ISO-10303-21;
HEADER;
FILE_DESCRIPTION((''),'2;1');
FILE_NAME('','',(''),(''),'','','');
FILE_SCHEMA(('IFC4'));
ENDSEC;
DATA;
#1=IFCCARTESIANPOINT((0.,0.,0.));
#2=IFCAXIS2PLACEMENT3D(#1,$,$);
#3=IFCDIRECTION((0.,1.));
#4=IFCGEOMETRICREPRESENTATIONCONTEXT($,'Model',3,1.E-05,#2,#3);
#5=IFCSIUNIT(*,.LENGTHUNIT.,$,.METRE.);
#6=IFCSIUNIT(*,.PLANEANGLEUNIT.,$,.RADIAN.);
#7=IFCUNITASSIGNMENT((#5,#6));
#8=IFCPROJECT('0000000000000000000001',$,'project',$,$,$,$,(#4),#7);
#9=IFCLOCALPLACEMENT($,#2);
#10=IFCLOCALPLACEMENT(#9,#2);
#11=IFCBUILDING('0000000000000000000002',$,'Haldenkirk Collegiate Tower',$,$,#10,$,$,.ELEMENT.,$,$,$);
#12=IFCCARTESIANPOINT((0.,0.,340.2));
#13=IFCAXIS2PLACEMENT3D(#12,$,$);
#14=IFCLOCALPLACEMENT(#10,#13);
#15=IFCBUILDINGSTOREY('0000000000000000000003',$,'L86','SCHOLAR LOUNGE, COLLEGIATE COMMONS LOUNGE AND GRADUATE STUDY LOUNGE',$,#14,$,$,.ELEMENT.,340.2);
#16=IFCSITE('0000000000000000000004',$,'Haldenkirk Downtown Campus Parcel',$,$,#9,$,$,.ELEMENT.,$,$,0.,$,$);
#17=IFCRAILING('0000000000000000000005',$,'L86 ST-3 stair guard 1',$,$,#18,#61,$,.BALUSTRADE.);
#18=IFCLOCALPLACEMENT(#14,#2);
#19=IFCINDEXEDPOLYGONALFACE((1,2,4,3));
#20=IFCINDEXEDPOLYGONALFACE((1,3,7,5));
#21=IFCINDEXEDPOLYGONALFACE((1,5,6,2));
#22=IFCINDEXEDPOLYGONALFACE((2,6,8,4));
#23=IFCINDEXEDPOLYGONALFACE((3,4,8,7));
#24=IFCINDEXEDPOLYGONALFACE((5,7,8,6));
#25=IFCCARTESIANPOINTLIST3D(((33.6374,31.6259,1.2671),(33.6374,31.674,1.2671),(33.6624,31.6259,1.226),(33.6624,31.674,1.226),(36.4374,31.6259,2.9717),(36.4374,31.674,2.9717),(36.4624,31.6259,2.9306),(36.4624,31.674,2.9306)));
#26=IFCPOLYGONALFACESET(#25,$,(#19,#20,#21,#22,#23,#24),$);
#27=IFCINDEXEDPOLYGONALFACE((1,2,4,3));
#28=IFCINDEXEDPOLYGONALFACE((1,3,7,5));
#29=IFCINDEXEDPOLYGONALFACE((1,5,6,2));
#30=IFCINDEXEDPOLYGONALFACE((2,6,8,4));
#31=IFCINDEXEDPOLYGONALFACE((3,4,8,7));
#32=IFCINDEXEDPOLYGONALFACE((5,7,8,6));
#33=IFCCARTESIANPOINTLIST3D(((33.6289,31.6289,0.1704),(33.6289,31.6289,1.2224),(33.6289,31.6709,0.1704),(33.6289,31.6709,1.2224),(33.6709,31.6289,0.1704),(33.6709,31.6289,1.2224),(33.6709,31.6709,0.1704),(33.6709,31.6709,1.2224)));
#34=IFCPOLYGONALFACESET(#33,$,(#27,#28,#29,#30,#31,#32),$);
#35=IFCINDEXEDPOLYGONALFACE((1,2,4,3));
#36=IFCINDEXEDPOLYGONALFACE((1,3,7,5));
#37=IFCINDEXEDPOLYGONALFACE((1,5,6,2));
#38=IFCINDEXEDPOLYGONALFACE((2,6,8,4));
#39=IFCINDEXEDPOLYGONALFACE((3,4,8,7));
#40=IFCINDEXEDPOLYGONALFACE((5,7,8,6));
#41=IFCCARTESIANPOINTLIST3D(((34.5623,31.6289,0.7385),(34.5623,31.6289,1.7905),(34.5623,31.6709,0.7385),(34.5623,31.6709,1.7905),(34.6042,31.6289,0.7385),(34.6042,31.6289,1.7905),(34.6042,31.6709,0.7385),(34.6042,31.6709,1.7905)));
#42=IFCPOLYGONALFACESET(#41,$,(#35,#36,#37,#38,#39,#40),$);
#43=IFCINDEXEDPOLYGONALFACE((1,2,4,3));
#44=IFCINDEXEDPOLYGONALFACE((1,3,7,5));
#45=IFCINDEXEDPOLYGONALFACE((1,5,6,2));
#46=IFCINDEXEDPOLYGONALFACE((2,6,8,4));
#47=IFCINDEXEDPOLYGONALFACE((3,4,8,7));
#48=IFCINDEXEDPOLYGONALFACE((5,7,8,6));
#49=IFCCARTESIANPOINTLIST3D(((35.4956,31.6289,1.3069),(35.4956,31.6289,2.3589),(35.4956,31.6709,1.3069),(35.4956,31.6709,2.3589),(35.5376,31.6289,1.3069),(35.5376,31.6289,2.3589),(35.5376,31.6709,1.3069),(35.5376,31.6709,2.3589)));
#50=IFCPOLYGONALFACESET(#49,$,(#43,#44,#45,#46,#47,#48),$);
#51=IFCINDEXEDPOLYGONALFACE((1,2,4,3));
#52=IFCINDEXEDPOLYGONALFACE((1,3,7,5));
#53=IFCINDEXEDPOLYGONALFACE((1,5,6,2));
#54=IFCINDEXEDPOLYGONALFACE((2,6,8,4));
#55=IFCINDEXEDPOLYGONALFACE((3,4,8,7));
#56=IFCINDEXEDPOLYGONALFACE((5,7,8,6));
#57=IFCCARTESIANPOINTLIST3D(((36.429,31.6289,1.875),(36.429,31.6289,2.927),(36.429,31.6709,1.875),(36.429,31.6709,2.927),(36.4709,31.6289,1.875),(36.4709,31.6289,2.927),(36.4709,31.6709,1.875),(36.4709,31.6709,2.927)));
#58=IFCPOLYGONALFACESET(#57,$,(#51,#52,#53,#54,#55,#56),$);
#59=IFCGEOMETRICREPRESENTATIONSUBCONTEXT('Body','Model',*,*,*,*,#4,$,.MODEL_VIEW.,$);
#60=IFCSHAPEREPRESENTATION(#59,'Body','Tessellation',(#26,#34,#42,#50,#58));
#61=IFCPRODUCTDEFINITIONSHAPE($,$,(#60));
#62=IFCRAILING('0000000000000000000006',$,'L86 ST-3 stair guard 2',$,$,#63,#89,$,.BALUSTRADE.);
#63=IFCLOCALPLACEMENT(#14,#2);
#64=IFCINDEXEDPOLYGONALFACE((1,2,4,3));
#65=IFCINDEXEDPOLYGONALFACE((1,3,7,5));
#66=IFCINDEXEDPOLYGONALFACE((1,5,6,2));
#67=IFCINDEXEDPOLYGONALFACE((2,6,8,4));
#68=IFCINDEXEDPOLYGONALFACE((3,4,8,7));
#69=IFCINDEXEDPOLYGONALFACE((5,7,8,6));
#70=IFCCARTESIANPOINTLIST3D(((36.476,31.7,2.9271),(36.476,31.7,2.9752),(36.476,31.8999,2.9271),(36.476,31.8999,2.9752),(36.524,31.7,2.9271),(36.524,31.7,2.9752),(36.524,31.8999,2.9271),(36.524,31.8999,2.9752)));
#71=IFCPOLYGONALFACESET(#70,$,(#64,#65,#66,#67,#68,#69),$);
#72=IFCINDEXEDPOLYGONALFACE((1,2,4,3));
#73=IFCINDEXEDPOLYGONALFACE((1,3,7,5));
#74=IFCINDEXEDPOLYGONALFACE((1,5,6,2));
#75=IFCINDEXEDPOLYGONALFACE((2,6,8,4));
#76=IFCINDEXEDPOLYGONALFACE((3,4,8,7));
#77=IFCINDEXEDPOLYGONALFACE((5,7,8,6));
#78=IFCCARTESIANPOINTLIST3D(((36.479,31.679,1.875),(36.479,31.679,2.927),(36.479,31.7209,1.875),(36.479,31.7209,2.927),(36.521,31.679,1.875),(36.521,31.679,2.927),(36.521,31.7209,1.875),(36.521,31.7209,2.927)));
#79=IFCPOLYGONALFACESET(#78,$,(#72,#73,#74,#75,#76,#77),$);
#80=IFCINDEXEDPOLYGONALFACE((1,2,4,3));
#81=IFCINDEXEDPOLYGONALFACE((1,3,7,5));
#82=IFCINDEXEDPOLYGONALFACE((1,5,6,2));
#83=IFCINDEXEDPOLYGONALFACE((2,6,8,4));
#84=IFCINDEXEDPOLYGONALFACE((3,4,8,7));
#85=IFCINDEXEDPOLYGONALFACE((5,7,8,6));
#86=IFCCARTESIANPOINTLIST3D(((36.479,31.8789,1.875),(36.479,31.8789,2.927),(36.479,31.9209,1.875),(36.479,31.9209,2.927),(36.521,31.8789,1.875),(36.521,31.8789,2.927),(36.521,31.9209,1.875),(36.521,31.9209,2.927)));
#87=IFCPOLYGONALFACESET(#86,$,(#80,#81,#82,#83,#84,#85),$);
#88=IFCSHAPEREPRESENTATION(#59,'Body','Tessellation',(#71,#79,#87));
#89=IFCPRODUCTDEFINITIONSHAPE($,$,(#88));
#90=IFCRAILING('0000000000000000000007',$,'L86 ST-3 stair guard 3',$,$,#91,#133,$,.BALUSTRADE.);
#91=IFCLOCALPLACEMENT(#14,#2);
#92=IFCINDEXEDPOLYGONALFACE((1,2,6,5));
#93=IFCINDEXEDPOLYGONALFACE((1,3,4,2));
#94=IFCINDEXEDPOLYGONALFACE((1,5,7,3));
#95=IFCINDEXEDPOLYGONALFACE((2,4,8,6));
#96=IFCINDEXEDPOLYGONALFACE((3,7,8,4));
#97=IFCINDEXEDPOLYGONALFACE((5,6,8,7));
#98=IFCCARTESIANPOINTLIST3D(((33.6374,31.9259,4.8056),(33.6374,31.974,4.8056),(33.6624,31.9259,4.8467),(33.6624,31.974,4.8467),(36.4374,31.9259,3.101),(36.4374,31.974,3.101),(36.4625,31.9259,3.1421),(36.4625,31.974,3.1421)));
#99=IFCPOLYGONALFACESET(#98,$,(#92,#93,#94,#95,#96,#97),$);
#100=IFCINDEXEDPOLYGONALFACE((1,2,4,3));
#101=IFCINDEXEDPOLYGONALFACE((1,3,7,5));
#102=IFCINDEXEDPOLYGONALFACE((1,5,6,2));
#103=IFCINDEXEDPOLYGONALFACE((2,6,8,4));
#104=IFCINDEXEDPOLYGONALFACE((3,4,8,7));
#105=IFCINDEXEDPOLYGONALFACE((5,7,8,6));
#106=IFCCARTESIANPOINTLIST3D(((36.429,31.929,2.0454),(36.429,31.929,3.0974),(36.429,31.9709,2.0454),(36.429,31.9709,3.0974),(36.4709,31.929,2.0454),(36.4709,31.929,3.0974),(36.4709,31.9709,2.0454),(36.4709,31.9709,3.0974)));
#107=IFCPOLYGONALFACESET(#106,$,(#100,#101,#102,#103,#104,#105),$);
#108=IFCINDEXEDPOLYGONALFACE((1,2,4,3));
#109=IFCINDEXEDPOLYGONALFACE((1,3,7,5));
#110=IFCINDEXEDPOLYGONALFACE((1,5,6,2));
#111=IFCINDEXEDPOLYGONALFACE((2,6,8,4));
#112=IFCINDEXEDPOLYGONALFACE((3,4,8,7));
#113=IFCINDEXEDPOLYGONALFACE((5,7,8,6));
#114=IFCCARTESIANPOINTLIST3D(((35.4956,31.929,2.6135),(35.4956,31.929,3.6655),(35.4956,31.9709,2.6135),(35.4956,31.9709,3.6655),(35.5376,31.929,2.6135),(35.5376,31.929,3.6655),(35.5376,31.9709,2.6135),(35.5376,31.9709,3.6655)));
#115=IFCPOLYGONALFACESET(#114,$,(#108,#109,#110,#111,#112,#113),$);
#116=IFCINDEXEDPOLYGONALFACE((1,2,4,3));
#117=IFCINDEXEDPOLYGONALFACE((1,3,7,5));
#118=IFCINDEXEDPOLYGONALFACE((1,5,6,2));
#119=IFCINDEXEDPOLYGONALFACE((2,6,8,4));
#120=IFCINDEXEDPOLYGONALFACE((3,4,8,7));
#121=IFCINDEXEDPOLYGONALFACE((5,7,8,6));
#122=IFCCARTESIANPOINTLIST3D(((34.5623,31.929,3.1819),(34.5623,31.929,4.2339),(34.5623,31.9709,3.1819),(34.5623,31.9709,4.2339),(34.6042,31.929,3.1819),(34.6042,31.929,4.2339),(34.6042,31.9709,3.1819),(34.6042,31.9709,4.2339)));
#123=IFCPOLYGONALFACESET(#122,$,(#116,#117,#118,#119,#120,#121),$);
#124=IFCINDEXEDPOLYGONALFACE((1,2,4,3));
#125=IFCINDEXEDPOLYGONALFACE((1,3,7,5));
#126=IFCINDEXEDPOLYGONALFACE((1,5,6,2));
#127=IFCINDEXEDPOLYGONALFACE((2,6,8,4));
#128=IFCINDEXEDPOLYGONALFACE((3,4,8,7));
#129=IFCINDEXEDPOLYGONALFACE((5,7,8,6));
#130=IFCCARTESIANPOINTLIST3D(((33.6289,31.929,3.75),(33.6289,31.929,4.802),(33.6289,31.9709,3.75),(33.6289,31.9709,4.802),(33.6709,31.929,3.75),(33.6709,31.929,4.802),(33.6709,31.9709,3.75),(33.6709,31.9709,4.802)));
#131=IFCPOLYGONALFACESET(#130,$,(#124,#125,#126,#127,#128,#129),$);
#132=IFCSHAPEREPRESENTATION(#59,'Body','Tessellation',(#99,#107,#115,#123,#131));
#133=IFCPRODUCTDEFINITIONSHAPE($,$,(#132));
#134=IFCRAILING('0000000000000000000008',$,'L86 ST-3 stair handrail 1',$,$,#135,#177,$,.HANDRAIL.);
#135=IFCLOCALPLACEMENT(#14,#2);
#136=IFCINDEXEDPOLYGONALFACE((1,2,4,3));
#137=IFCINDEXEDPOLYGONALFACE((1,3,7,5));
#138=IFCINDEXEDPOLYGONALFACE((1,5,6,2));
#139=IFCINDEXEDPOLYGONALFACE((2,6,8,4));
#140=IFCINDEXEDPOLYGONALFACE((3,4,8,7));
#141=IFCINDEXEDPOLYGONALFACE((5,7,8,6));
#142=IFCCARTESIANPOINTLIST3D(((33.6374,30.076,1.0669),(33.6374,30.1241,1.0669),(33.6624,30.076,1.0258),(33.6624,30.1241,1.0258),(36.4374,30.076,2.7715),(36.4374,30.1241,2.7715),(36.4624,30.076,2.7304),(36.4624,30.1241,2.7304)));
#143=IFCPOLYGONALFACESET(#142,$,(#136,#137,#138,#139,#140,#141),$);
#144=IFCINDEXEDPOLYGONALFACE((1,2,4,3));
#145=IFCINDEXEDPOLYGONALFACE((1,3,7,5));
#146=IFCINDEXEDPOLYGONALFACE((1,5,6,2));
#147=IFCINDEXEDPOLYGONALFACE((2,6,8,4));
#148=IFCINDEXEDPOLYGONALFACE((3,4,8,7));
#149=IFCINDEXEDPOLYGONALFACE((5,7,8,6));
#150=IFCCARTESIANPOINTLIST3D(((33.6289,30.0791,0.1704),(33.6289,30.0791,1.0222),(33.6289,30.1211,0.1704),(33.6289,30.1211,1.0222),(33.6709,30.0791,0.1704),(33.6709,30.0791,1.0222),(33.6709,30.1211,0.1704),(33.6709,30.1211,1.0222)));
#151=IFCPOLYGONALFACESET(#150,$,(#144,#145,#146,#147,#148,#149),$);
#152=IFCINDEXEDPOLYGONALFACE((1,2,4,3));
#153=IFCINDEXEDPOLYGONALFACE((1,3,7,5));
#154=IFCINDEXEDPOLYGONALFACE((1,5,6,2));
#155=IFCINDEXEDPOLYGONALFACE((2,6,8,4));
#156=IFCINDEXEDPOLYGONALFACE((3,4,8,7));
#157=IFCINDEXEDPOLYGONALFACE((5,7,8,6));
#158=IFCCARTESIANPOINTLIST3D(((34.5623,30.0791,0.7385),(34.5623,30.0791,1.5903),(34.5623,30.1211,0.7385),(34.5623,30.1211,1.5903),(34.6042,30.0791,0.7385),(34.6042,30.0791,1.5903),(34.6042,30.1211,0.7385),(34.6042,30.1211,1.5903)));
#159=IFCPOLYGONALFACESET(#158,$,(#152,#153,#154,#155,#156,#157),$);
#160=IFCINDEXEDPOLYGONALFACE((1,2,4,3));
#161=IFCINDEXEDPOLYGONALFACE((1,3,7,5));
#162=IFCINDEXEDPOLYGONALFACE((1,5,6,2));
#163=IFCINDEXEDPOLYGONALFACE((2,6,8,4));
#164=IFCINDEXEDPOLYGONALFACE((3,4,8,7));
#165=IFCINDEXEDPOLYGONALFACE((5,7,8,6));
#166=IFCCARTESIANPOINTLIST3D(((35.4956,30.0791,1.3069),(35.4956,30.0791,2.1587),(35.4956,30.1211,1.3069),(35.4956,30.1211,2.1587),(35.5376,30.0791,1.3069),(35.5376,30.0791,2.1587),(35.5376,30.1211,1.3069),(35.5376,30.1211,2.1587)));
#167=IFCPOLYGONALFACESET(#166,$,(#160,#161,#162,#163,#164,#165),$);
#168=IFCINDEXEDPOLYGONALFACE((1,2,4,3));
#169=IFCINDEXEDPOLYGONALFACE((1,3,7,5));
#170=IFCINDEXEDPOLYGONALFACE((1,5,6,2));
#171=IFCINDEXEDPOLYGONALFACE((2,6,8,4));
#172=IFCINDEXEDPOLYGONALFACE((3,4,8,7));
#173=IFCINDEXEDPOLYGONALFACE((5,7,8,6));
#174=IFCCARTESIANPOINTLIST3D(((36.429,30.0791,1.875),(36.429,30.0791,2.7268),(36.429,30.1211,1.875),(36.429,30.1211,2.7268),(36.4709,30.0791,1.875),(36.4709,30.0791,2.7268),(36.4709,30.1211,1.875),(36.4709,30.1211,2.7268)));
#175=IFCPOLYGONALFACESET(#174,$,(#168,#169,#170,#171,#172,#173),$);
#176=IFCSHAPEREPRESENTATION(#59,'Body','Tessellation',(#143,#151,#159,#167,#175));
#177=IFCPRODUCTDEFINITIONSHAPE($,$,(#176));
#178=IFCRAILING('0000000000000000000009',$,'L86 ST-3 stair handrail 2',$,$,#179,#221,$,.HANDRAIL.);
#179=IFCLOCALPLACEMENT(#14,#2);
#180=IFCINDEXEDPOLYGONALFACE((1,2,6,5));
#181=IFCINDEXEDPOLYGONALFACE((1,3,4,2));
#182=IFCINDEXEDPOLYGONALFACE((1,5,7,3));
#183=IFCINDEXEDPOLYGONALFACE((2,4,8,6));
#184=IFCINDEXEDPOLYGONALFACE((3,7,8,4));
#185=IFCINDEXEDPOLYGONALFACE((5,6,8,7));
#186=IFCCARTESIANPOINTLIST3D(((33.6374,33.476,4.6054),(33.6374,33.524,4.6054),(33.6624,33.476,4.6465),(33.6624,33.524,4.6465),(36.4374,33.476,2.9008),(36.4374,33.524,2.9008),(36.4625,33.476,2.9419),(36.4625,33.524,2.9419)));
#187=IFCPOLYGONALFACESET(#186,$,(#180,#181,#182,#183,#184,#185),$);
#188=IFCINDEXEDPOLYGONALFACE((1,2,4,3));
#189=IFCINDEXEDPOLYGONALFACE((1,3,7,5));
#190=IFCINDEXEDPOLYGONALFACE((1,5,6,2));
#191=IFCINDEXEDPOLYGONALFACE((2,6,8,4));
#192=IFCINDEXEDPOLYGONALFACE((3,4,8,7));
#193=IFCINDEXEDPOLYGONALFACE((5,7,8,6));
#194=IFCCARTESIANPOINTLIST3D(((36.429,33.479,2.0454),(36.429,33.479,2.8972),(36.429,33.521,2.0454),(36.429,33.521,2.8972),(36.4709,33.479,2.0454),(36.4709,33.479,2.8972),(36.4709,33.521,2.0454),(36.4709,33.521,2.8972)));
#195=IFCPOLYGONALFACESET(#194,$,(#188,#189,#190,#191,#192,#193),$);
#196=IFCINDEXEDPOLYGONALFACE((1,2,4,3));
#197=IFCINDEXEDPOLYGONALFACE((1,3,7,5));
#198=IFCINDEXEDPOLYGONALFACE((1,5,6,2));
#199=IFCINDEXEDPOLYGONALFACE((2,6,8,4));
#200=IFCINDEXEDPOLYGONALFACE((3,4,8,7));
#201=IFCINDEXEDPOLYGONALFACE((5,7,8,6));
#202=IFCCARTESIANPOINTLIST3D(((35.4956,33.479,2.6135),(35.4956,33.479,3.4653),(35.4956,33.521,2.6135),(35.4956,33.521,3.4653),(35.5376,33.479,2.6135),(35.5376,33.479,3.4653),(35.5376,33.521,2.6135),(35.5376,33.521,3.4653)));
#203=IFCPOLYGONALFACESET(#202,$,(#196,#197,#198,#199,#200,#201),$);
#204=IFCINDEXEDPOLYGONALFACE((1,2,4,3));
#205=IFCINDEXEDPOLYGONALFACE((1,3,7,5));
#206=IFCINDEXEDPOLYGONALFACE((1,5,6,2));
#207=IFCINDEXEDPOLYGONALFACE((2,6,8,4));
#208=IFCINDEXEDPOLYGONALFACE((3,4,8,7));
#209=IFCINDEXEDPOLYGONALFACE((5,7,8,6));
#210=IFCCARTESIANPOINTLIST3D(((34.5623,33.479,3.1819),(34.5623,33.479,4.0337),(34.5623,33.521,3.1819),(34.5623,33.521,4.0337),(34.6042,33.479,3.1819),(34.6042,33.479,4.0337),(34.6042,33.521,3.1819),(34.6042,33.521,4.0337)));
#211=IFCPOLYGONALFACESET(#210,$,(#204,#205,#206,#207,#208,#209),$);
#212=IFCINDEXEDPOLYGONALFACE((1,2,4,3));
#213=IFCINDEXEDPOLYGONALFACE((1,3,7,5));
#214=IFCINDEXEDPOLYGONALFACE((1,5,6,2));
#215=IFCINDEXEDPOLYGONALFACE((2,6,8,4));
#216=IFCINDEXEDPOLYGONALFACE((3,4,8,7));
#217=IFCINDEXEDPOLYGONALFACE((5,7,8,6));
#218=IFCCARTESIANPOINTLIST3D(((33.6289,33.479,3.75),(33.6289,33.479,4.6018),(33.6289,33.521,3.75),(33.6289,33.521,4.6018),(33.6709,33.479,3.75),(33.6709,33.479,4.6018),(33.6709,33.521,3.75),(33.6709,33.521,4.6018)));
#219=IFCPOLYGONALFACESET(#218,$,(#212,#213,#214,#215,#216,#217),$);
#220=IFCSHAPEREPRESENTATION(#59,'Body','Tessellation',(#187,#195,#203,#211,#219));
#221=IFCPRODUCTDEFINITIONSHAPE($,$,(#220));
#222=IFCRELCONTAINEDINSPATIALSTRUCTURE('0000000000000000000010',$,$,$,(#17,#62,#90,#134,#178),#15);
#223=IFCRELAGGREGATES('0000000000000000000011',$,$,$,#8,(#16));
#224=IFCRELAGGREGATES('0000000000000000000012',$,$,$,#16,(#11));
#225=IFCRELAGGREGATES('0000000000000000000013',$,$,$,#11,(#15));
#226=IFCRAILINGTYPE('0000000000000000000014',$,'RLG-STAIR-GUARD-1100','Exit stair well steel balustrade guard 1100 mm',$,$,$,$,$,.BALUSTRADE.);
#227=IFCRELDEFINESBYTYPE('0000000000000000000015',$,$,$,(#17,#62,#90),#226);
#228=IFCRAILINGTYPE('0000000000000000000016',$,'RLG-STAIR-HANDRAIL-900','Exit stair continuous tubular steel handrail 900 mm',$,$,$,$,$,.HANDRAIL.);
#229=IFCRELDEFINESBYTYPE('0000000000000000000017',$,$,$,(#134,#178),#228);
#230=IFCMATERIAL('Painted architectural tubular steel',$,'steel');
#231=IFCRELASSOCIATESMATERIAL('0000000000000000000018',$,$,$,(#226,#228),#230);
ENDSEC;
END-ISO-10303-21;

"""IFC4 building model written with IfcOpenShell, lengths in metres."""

from ifc_helpers import new_model, si_unit, direction, frame, origin, origin_2d, place, context, subcontext, project, spatial, rectangle, extrude, material, type_object, element, save


model = new_model("IFC4")

# Units and contexts
model_context = context("Model", 3, precision=1e-05, world=origin(), true_north=direction((0.0, 1.0)))
body_context = subcontext(model_context, "Body", "Model", "MODEL_VIEW")
ifc_project = project(units=[si_unit("LENGTHUNIT", "METRE"), si_unit("PLANEANGLEUNIT", "RADIAN")], contexts=[model_context])

# Site, building, storey
site_placement = place(None, origin())
site = spatial("IfcSite", under=ifc_project, at=site_placement, Name="Haldenkirk Downtown Campus Parcel", CompositionType="ELEMENT", RefElevation=0.0)
building_placement = place(site_placement, origin())
building = spatial("IfcBuilding", under=site, at=building_placement, Name="Haldenkirk Collegiate Tower", CompositionType="ELEMENT")
storey_placement = place(building_placement, frame((0.0, 0.0, 340.2)))
storey = spatial("IfcBuildingStorey", under=building, at=storey_placement, Name="L86", Description="SCHOLAR LOUNGE, COLLEGIATE COMMONS LOUNGE AND GRADUATE STUDY LOUNGE", CompositionType="ELEMENT", Elevation=340.2)

# Railings
ifc_material_1 = material(Name="Painted architectural tubular steel", Category="steel")
railing_type_1 = type_object("IfcRailingType", Name="RLG-STAIR-GUARD-1100", Description="Exit stair well steel balustrade guard 1100 mm", PredefinedType="BALUSTRADE", material=ifc_material_1)
railing_1_placement = place(storey_placement, frame((33.6499, 31.6499, 0.1704)))
element("IfcRailing", 1, at=railing_1_placement, inside=storey, type_object=railing_type_1, Name="L86 ST-3 stair guard 1", PredefinedType="BALUSTRADE", context=body_context, shape_type="SweptSolid", body=[
    extrude(rectangle(XDim=0.0481, YDim=0.0481, at=origin_2d()), frame((0.0, 0.0, 1.0762), z_axis=(0.85417, 0.0, 0.519994), x_axis=(0.0, 1.0, 0.0)), (0.0, 0.0, 1.0), 3.2781),
    extrude(rectangle(XDim=0.042, YDim=0.042, at=origin_2d()), origin(), (0.0, 0.0, 1.0), 1.052),
    extrude(rectangle(XDim=0.042, YDim=0.042, at=origin_2d()), frame((0.9333, 0.0, 0.5681)), (0.0, 0.0, 1.0), 1.052),
    extrude(rectangle(XDim=0.042, YDim=0.042, at=origin_2d()), frame((1.8667, 0.0, 1.1365)), (0.0, 0.0, 1.0), 1.052),
    extrude(rectangle(XDim=0.042, YDim=0.042, at=origin_2d()), frame((2.8, 0.0, 1.7046)), (0.0, 0.0, 1.0), 1.052),
])
railing_2_placement = place(storey_placement, frame((36.5, 31.7, 1.875)))
element("IfcRailing", 2, at=railing_2_placement, inside=storey, type_object=railing_type_1, Name="L86 ST-3 stair guard 2", PredefinedType="BALUSTRADE", context=body_context, shape_type="SweptSolid", body=[
    extrude(rectangle(XDim=0.0481, YDim=0.0481, at=origin_2d()), frame((0.0, 0.0, 1.0762), z_axis=(0.0, 1.0, 0.0), x_axis=(-1.0, 0.0, 0.0)), (0.0, 0.0, 1.0), 0.2),
    extrude(rectangle(XDim=0.042, YDim=0.042, at=origin_2d()), origin(), (0.0, 0.0, 1.0), 1.052),
    extrude(rectangle(XDim=0.042, YDim=0.042, at=origin_2d()), frame((0.0, 0.2, 0.0)), (0.0, 0.0, 1.0), 1.052),
])
railing_3_placement = place(storey_placement, frame((36.45, 31.95, 2.0454)))
element("IfcRailing", 3, at=railing_3_placement, inside=storey, type_object=railing_type_1, Name="L86 ST-3 stair guard 3", PredefinedType="BALUSTRADE", context=body_context, shape_type="SweptSolid", body=[
    extrude(rectangle(XDim=0.0481, YDim=0.0481, at=origin_2d()), frame((0.0, 0.0, 1.0762), z_axis=(-0.85417, 0.0, 0.519994), x_axis=(0.0, -1.0, 0.0)), (0.0, 0.0, 1.0), 3.2781),
    extrude(rectangle(XDim=0.042, YDim=0.042, at=origin_2d()), origin(), (0.0, 0.0, 1.0), 1.052),
    extrude(rectangle(XDim=0.042, YDim=0.042, at=origin_2d()), frame((-0.9333, 0.0, 0.5681)), (0.0, 0.0, 1.0), 1.052),
    extrude(rectangle(XDim=0.042, YDim=0.042, at=origin_2d()), frame((-1.8667, 0.0, 1.1365)), (0.0, 0.0, 1.0), 1.052),
    extrude(rectangle(XDim=0.042, YDim=0.042, at=origin_2d()), frame((-2.8, 0.0, 1.7046)), (0.0, 0.0, 1.0), 1.052),
])
railing_type_2 = type_object("IfcRailingType", Name="RLG-STAIR-HANDRAIL-900", Description="Exit stair continuous tubular steel handrail 900 mm", PredefinedType="HANDRAIL", material=ifc_material_1)
railing_4_placement = place(storey_placement, frame((33.6499, 30.1001, 0.1704)))
element("IfcRailing", 4, at=railing_4_placement, inside=storey, type_object=railing_type_2, Name="L86 ST-3 stair handrail 1", PredefinedType="HANDRAIL", context=body_context, shape_type="SweptSolid", body=[
    extrude(rectangle(XDim=0.0481, YDim=0.0481, at=origin_2d()), frame((0.0, 0.0, 0.876), z_axis=(0.85417, 0.0, 0.519994), x_axis=(0.0, 1.0, 0.0)), (0.0, 0.0, 1.0), 3.2781),
    extrude(rectangle(XDim=0.042, YDim=0.042, at=origin_2d()), origin(), (0.0, 0.0, 1.0), 0.8518),
    extrude(rectangle(XDim=0.042, YDim=0.042, at=origin_2d()), frame((0.9333, 0.0, 0.5681)), (0.0, 0.0, 1.0), 0.8518),
    extrude(rectangle(XDim=0.042, YDim=0.042, at=origin_2d()), frame((1.8667, 0.0, 1.1365)), (0.0, 0.0, 1.0), 0.8518),
    extrude(rectangle(XDim=0.042, YDim=0.042, at=origin_2d()), frame((2.8, 0.0, 1.7046)), (0.0, 0.0, 1.0), 0.8518),
])
railing_5_placement = place(storey_placement, frame((36.45, 33.5, 2.0454)))
element("IfcRailing", 5, at=railing_5_placement, inside=storey, type_object=railing_type_2, Name="L86 ST-3 stair handrail 2", PredefinedType="HANDRAIL", context=body_context, shape_type="SweptSolid", body=[
    extrude(rectangle(XDim=0.0481, YDim=0.0481, at=origin_2d()), frame((0.0, 0.0, 0.876), z_axis=(-0.85417, 0.0, 0.519994), x_axis=(0.0, -1.0, 0.0)), (0.0, 0.0, 1.0), 3.2781),
    extrude(rectangle(XDim=0.042, YDim=0.042, at=origin_2d()), origin(), (0.0, 0.0, 1.0), 0.8518),
    extrude(rectangle(XDim=0.042, YDim=0.042, at=origin_2d()), frame((-0.9333, 0.0, 0.5681)), (0.0, 0.0, 1.0), 0.8518),
    extrude(rectangle(XDim=0.042, YDim=0.042, at=origin_2d()), frame((-1.8667, 0.0, 1.1365)), (0.0, 0.0, 1.0), 0.8518),
    extrude(rectangle(XDim=0.042, YDim=0.042, at=origin_2d()), frame((-2.8, 0.0, 1.7046)), (0.0, 0.0, 1.0), 0.8518),
])

save(model, "model.ifc")
